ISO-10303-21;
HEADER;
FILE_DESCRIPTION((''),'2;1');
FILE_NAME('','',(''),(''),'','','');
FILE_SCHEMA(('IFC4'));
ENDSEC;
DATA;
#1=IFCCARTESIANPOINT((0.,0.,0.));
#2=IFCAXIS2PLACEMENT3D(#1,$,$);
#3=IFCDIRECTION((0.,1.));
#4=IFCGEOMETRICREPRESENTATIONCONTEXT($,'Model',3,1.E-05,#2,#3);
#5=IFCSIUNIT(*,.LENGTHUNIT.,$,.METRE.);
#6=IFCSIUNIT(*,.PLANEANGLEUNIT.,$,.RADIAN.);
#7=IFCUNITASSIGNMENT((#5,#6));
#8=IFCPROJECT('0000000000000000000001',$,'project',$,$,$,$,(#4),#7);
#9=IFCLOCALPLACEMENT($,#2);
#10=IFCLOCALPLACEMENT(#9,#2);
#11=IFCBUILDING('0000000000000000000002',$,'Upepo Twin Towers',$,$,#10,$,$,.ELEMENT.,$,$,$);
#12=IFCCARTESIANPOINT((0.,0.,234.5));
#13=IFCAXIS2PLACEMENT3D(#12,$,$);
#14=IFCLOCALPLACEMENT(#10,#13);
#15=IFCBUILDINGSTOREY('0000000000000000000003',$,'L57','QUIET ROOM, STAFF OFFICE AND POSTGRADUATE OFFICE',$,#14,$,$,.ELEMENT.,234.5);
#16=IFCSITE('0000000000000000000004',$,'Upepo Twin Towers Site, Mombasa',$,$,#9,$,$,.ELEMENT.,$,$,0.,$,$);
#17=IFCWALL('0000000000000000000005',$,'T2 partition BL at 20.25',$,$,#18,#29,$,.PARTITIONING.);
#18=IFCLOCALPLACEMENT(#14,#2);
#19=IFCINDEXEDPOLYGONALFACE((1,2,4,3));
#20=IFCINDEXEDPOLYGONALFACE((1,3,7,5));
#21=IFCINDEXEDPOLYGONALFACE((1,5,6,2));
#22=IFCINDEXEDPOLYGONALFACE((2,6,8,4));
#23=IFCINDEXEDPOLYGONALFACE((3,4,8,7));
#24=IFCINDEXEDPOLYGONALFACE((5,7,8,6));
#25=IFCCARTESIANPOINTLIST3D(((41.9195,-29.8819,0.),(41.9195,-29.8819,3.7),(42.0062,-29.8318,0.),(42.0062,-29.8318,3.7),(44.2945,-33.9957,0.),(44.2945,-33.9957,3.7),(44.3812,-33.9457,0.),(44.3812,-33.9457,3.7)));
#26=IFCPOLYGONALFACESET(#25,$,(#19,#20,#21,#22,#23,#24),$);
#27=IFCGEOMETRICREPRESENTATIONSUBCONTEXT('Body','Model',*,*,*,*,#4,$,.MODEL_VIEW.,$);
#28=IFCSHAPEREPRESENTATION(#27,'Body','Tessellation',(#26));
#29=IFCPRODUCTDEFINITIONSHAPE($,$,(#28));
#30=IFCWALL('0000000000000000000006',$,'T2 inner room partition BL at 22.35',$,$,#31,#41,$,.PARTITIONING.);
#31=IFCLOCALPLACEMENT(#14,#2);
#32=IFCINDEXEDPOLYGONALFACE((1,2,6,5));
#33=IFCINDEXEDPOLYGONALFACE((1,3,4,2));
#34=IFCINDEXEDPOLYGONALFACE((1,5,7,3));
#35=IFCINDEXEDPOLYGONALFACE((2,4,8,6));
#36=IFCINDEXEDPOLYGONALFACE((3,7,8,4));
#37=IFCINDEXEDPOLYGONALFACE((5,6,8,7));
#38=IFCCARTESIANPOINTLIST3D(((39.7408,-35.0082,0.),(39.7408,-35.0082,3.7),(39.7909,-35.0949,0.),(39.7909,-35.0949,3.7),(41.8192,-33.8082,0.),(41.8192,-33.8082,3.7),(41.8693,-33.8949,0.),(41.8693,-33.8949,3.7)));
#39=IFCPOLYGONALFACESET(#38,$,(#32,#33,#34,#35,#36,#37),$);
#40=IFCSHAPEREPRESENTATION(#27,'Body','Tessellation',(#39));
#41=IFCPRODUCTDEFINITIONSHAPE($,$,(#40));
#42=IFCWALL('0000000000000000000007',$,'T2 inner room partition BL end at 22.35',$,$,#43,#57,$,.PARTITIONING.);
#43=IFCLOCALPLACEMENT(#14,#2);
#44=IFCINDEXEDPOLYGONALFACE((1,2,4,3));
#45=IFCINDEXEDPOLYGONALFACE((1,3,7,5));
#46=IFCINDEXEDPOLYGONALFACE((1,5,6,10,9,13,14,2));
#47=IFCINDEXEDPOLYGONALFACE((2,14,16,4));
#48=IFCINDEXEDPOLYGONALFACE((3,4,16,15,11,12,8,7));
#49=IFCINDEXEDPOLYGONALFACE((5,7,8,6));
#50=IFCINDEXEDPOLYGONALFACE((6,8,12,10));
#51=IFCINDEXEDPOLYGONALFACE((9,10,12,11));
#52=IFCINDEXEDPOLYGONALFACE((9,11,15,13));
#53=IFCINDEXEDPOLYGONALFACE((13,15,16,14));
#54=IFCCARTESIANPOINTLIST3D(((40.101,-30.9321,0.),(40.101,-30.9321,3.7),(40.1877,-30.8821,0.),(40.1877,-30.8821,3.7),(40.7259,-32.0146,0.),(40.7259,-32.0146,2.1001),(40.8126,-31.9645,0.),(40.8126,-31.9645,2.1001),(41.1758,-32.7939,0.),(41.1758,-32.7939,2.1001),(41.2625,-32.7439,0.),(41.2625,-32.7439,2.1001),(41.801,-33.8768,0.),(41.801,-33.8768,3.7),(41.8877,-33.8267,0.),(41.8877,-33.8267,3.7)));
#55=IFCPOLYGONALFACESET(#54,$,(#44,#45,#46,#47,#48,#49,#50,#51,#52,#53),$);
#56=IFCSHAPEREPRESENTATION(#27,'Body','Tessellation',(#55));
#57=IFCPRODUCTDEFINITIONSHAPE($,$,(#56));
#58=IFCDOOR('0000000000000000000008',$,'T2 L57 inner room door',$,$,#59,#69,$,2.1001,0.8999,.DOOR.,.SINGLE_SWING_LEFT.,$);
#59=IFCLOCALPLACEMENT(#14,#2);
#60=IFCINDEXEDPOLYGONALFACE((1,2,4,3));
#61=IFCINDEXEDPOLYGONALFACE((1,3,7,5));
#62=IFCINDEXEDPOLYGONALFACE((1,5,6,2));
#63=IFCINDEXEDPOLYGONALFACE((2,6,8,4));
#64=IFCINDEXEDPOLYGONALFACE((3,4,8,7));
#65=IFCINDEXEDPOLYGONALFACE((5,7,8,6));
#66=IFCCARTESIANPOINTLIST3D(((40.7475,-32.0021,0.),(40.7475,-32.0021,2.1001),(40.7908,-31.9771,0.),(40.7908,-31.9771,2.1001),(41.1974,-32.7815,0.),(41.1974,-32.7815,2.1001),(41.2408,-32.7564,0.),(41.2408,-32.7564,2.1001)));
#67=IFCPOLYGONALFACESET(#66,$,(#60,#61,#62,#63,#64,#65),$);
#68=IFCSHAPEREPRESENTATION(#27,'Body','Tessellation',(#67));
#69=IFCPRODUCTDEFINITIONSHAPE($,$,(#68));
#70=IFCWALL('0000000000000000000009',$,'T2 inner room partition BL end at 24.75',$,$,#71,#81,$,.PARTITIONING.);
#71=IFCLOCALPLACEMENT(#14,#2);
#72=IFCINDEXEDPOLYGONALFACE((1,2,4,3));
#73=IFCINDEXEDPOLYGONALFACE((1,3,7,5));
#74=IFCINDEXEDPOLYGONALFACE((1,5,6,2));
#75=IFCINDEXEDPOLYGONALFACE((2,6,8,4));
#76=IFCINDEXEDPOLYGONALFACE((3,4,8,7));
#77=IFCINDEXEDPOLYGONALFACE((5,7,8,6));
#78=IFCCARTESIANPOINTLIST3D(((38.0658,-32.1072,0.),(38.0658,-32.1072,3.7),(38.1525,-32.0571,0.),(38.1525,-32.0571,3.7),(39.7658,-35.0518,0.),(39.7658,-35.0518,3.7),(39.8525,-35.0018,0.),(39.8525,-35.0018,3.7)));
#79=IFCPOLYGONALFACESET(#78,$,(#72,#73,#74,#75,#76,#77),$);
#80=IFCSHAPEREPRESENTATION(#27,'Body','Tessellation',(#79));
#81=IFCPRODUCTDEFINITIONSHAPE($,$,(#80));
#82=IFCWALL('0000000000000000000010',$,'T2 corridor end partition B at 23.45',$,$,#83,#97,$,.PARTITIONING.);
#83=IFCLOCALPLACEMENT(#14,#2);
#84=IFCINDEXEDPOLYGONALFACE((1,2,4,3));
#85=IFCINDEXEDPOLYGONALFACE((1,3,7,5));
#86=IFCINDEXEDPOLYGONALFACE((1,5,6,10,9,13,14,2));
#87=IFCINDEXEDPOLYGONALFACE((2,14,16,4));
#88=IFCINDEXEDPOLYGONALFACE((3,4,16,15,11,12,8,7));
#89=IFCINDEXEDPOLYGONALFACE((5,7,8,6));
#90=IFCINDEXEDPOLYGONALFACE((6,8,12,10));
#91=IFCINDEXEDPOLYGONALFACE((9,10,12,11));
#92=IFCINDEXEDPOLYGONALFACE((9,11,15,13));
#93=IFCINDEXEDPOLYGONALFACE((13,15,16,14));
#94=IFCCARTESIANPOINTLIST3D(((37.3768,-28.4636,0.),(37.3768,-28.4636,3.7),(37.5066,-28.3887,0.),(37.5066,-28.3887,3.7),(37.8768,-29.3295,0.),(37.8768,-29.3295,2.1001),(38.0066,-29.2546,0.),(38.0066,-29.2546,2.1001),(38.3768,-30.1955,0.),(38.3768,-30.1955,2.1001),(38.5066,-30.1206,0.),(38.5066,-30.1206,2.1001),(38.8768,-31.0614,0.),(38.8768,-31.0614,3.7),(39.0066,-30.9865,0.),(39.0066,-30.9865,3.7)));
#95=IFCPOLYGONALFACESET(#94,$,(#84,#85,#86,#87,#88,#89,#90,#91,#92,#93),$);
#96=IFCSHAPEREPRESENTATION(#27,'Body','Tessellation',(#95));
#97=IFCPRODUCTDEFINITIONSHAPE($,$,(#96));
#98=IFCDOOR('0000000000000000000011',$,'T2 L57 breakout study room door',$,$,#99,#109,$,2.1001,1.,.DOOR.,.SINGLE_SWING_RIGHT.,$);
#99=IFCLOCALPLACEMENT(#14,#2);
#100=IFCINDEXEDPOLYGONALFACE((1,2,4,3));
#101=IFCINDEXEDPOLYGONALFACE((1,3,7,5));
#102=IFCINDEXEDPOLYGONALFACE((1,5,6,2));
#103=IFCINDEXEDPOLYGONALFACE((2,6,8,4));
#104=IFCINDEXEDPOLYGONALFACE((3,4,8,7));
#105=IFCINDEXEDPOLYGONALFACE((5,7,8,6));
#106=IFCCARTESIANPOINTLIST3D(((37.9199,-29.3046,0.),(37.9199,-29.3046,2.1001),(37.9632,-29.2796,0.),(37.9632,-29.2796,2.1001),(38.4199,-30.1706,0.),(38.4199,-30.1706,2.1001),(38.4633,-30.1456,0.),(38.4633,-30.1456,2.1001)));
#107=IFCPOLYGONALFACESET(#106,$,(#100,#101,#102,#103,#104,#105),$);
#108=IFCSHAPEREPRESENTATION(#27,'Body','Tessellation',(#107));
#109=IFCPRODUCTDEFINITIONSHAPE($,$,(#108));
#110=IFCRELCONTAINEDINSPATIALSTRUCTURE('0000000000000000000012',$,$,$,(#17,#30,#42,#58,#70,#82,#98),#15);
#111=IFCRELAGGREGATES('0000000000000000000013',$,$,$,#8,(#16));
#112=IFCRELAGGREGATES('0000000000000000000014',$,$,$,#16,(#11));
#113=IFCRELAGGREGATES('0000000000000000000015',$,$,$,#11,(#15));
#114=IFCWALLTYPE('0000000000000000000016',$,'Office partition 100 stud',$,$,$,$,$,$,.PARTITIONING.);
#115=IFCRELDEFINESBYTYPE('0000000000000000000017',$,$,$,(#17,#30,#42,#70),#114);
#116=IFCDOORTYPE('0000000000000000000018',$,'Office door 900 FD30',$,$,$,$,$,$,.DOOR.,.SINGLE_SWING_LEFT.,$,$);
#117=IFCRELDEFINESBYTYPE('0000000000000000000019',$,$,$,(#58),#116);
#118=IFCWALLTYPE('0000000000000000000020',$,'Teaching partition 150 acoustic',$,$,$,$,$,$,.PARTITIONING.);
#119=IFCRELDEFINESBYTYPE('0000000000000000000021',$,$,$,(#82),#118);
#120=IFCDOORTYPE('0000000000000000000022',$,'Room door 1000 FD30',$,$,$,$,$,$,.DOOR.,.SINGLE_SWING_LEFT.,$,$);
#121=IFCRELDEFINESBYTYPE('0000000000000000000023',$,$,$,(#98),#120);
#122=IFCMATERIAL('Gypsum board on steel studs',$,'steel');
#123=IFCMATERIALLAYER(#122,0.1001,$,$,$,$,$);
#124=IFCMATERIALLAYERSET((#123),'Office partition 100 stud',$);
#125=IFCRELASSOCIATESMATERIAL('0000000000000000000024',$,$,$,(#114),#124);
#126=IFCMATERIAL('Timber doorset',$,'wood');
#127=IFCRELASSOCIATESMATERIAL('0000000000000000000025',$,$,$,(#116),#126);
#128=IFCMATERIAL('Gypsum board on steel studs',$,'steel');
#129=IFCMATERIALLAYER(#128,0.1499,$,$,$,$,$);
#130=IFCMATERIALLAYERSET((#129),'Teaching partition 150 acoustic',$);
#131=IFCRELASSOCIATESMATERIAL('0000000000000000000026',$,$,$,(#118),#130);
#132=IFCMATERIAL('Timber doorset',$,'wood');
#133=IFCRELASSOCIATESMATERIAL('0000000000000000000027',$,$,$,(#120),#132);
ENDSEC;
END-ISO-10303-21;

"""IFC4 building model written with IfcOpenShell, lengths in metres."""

from ifc_helpers import new_model, si_unit, direction, frame, frame_2d, origin, place, context, subcontext, project, spatial, rectangle, extrude, material, layer, layer_set, type_object, element, fill, save


model = new_model("IFC4")

# Units and contexts
model_context = context("Model", 3, precision=1e-05, world=origin(), true_north=direction((0.0, 1.0)))
body_context = subcontext(model_context, "Body", "Model", "MODEL_VIEW")
ifc_project = project(units=[si_unit("LENGTHUNIT", "METRE"), si_unit("PLANEANGLEUNIT", "RADIAN")], contexts=[model_context])

# Site, building, storey
site_placement = place(None, origin())
site = spatial("IfcSite", under=ifc_project, at=site_placement, Name="Upepo Twin Towers Site, Mombasa", CompositionType="ELEMENT", RefElevation=0.0)
building_placement = place(site_placement, origin())
building = spatial("IfcBuilding", under=site, at=building_placement, Name="Upepo Twin Towers", CompositionType="ELEMENT")
storey_placement = place(building_placement, frame((0.0, 0.0, 234.5)))
storey = spatial("IfcBuildingStorey", under=building, at=storey_placement, Name="L57", Description="QUIET ROOM, STAFF OFFICE AND POSTGRADUATE OFFICE", CompositionType="ELEMENT", Elevation=234.5)

# Walls
ifc_material_1 = material(Name="Gypsum board on steel studs", Category="steel")
ifc_layer_1 = layer(ifc_material_1, 0.1001)
ifc_layer_set_1 = layer_set([ifc_layer_1], Name="Office partition 100 stud")
wall_type_1 = type_object("IfcWallType", Name="Office partition 100 stud", PredefinedType="PARTITIONING", material=ifc_layer_set_1)
wall_1_placement = place(storey_placement, frame((41.9629, -29.8569, 0.0), z_axis=(0.0, 0.0, 1.0), x_axis=(0.499986, -0.866033, 0.0)))
element("IfcWall", 1, at=wall_1_placement, inside=storey, type_object=wall_type_1, Name="T2 partition BL at 20.25", PredefinedType="PARTITIONING", context=body_context, shape_type="SweptSolid", body=[
    extrude(rectangle(XDim=4.7502, YDim=0.1001, at=frame_2d((2.375, 0.0))), origin(), (0.0, 0.0, 1.0), 3.7),
])
wall_2_placement = place(storey_placement, frame((41.8442, -33.8516, 0.0), z_axis=(0.0, 0.0, 1.0), x_axis=(-0.866025, -0.500001, 0.0)))
element("IfcWall", 2, at=wall_2_placement, inside=storey, type_object=wall_type_1, Name="T2 inner room partition BL at 22.35", PredefinedType="PARTITIONING", context=body_context, shape_type="SweptSolid", body=[
    extrude(rectangle(XDim=2.3999, YDim=0.1001, at=frame_2d((1.2, 0.0))), origin(), (0.0, 0.0, 1.0), 3.7),
])

# Wall, opening, door
wall_3_placement = place(storey_placement, frame((40.1443, -30.907, 0.0), z_axis=(0.0, 0.0, 1.0), x_axis=(0.499977, -0.866039, 0.0)))
wall_3 = element("IfcWall", 3, at=wall_3_placement, inside=storey, type_object=wall_type_1, Name="T2 inner room partition BL end at 22.35", PredefinedType="PARTITIONING", context=body_context, shape_type="SweptSolid", body=[
    extrude(rectangle(XDim=3.4001, YDim=0.1001, at=frame_2d((1.7002, 0.0))), origin(), (0.0, 0.0, 1.0), 3.7),
])
opening_1_placement = place(wall_3_placement, frame((1.25, 0.0, 0.0)))
opening_1 = element("IfcOpeningElement", 4, at=opening_1_placement, cuts=wall_3, PredefinedType="OPENING", context=body_context, shape_type="SweptSolid", body=[
    extrude(rectangle(XDim=0.8999, YDim=2.1001, at=frame_2d((0.45, 1.05))), frame((0.0, 0.0601, 0.0), z_axis=(0.0, -1.0, 0.0), x_axis=(1.0, 0.0, 0.0)), (0.0, 0.0, 1.0), 0.1201),
])
ifc_material_2 = material(Name="Timber doorset", Category="wood")
door_type_1 = type_object("IfcDoorType", Name="Office door 900 FD30", OperationType="SINGLE_SWING_LEFT", PredefinedType="DOOR", material=ifc_material_2)
door_1_placement = place(opening_1_placement, origin())
door_1 = element("IfcDoor", 5, at=door_1_placement, inside=storey, type_object=door_type_1, Name="T2 L57 inner room door", OperationType="SINGLE_SWING_LEFT", OverallHeight=2.1001, OverallWidth=0.8999, PredefinedType="DOOR", context=body_context, shape_type="SweptSolid", body=[
    extrude(rectangle(XDim=0.8999, YDim=2.1001, at=frame_2d((0.45, 1.05))), frame((0.0, 0.0249, 0.0), z_axis=(0.0, -1.0, 0.0), x_axis=(1.0, 0.0, 0.0)), (0.0, 0.0, 1.0), 0.05),
])
fill(opening_1, door_1)

# Wall
wall_4_placement = place(storey_placement, frame((38.1091, -32.082, 0.0), z_axis=(0.0, 0.0, 1.0), x_axis=(0.499977, -0.866039, 0.0)))
element("IfcWall", 6, at=wall_4_placement, inside=storey, type_object=wall_type_1, Name="T2 inner room partition BL end at 24.75", PredefinedType="PARTITIONING", context=body_context, shape_type="SweptSolid", body=[
    extrude(rectangle(XDim=3.4001, YDim=0.1001, at=frame_2d((1.7002, 0.0))), origin(), (0.0, 0.0, 1.0), 3.7),
])

# Wall, opening, door
ifc_material_3 = material(Name="Gypsum board on steel studs", Category="steel")
ifc_layer_2 = layer(ifc_material_3, 0.1499)
ifc_layer_set_2 = layer_set([ifc_layer_2], Name="Teaching partition 150 acoustic")
wall_type_2 = type_object("IfcWallType", Name="Teaching partition 150 acoustic", PredefinedType="PARTITIONING", material=ifc_layer_set_2)
wall_5_placement = place(storey_placement, frame((37.4417, -28.426, 0.0), z_axis=(0.0, 0.0, 1.0), x_axis=(0.500025, -0.866011, 0.0)))
wall_5 = element("IfcWall", 7, at=wall_5_placement, inside=storey, type_object=wall_type_2, Name="T2 corridor end partition B at 23.45", PredefinedType="PARTITIONING", context=body_context, shape_type="SweptSolid", body=[
    extrude(rectangle(XDim=2.9998, YDim=0.1499, at=frame_2d((1.5, 0.0))), origin(), (0.0, 0.0, 1.0), 3.7),
])
opening_2_placement = place(wall_5_placement, frame((1.0, 0.0, 0.0)))
opening_2 = element("IfcOpeningElement", 8, at=opening_2_placement, cuts=wall_5, PredefinedType="OPENING", context=body_context, shape_type="SweptSolid", body=[
    extrude(rectangle(XDim=1.0, YDim=2.1001, at=frame_2d((0.5, 1.05))), frame((0.0, 0.085, 0.0), z_axis=(0.0, -1.0, 0.0), x_axis=(1.0, 0.0, 0.0)), (0.0, 0.0, 1.0), 0.1699),
])
ifc_material_4 = material(Name="Timber doorset", Category="wood")
door_type_2 = type_object("IfcDoorType", Name="Room door 1000 FD30", OperationType="SINGLE_SWING_LEFT", PredefinedType="DOOR", material=ifc_material_4)
door_2_placement = place(opening_2_placement, origin())
door_2 = element("IfcDoor", 9, at=door_2_placement, inside=storey, type_object=door_type_2, Name="T2 L57 breakout study room door", OperationType="SINGLE_SWING_RIGHT", OverallHeight=2.1001, OverallWidth=1.0, PredefinedType="DOOR", context=body_context, shape_type="SweptSolid", body=[
    extrude(rectangle(XDim=1.0, YDim=2.1001, at=frame_2d((0.5, 1.05))), frame((0.0, 0.0249, 0.0), z_axis=(0.0, -1.0, 0.0), x_axis=(1.0, 0.0, 0.0)), (0.0, 0.0, 1.0), 0.05),
])
fill(opening_2, door_2)

save(model, "model.ifc")
